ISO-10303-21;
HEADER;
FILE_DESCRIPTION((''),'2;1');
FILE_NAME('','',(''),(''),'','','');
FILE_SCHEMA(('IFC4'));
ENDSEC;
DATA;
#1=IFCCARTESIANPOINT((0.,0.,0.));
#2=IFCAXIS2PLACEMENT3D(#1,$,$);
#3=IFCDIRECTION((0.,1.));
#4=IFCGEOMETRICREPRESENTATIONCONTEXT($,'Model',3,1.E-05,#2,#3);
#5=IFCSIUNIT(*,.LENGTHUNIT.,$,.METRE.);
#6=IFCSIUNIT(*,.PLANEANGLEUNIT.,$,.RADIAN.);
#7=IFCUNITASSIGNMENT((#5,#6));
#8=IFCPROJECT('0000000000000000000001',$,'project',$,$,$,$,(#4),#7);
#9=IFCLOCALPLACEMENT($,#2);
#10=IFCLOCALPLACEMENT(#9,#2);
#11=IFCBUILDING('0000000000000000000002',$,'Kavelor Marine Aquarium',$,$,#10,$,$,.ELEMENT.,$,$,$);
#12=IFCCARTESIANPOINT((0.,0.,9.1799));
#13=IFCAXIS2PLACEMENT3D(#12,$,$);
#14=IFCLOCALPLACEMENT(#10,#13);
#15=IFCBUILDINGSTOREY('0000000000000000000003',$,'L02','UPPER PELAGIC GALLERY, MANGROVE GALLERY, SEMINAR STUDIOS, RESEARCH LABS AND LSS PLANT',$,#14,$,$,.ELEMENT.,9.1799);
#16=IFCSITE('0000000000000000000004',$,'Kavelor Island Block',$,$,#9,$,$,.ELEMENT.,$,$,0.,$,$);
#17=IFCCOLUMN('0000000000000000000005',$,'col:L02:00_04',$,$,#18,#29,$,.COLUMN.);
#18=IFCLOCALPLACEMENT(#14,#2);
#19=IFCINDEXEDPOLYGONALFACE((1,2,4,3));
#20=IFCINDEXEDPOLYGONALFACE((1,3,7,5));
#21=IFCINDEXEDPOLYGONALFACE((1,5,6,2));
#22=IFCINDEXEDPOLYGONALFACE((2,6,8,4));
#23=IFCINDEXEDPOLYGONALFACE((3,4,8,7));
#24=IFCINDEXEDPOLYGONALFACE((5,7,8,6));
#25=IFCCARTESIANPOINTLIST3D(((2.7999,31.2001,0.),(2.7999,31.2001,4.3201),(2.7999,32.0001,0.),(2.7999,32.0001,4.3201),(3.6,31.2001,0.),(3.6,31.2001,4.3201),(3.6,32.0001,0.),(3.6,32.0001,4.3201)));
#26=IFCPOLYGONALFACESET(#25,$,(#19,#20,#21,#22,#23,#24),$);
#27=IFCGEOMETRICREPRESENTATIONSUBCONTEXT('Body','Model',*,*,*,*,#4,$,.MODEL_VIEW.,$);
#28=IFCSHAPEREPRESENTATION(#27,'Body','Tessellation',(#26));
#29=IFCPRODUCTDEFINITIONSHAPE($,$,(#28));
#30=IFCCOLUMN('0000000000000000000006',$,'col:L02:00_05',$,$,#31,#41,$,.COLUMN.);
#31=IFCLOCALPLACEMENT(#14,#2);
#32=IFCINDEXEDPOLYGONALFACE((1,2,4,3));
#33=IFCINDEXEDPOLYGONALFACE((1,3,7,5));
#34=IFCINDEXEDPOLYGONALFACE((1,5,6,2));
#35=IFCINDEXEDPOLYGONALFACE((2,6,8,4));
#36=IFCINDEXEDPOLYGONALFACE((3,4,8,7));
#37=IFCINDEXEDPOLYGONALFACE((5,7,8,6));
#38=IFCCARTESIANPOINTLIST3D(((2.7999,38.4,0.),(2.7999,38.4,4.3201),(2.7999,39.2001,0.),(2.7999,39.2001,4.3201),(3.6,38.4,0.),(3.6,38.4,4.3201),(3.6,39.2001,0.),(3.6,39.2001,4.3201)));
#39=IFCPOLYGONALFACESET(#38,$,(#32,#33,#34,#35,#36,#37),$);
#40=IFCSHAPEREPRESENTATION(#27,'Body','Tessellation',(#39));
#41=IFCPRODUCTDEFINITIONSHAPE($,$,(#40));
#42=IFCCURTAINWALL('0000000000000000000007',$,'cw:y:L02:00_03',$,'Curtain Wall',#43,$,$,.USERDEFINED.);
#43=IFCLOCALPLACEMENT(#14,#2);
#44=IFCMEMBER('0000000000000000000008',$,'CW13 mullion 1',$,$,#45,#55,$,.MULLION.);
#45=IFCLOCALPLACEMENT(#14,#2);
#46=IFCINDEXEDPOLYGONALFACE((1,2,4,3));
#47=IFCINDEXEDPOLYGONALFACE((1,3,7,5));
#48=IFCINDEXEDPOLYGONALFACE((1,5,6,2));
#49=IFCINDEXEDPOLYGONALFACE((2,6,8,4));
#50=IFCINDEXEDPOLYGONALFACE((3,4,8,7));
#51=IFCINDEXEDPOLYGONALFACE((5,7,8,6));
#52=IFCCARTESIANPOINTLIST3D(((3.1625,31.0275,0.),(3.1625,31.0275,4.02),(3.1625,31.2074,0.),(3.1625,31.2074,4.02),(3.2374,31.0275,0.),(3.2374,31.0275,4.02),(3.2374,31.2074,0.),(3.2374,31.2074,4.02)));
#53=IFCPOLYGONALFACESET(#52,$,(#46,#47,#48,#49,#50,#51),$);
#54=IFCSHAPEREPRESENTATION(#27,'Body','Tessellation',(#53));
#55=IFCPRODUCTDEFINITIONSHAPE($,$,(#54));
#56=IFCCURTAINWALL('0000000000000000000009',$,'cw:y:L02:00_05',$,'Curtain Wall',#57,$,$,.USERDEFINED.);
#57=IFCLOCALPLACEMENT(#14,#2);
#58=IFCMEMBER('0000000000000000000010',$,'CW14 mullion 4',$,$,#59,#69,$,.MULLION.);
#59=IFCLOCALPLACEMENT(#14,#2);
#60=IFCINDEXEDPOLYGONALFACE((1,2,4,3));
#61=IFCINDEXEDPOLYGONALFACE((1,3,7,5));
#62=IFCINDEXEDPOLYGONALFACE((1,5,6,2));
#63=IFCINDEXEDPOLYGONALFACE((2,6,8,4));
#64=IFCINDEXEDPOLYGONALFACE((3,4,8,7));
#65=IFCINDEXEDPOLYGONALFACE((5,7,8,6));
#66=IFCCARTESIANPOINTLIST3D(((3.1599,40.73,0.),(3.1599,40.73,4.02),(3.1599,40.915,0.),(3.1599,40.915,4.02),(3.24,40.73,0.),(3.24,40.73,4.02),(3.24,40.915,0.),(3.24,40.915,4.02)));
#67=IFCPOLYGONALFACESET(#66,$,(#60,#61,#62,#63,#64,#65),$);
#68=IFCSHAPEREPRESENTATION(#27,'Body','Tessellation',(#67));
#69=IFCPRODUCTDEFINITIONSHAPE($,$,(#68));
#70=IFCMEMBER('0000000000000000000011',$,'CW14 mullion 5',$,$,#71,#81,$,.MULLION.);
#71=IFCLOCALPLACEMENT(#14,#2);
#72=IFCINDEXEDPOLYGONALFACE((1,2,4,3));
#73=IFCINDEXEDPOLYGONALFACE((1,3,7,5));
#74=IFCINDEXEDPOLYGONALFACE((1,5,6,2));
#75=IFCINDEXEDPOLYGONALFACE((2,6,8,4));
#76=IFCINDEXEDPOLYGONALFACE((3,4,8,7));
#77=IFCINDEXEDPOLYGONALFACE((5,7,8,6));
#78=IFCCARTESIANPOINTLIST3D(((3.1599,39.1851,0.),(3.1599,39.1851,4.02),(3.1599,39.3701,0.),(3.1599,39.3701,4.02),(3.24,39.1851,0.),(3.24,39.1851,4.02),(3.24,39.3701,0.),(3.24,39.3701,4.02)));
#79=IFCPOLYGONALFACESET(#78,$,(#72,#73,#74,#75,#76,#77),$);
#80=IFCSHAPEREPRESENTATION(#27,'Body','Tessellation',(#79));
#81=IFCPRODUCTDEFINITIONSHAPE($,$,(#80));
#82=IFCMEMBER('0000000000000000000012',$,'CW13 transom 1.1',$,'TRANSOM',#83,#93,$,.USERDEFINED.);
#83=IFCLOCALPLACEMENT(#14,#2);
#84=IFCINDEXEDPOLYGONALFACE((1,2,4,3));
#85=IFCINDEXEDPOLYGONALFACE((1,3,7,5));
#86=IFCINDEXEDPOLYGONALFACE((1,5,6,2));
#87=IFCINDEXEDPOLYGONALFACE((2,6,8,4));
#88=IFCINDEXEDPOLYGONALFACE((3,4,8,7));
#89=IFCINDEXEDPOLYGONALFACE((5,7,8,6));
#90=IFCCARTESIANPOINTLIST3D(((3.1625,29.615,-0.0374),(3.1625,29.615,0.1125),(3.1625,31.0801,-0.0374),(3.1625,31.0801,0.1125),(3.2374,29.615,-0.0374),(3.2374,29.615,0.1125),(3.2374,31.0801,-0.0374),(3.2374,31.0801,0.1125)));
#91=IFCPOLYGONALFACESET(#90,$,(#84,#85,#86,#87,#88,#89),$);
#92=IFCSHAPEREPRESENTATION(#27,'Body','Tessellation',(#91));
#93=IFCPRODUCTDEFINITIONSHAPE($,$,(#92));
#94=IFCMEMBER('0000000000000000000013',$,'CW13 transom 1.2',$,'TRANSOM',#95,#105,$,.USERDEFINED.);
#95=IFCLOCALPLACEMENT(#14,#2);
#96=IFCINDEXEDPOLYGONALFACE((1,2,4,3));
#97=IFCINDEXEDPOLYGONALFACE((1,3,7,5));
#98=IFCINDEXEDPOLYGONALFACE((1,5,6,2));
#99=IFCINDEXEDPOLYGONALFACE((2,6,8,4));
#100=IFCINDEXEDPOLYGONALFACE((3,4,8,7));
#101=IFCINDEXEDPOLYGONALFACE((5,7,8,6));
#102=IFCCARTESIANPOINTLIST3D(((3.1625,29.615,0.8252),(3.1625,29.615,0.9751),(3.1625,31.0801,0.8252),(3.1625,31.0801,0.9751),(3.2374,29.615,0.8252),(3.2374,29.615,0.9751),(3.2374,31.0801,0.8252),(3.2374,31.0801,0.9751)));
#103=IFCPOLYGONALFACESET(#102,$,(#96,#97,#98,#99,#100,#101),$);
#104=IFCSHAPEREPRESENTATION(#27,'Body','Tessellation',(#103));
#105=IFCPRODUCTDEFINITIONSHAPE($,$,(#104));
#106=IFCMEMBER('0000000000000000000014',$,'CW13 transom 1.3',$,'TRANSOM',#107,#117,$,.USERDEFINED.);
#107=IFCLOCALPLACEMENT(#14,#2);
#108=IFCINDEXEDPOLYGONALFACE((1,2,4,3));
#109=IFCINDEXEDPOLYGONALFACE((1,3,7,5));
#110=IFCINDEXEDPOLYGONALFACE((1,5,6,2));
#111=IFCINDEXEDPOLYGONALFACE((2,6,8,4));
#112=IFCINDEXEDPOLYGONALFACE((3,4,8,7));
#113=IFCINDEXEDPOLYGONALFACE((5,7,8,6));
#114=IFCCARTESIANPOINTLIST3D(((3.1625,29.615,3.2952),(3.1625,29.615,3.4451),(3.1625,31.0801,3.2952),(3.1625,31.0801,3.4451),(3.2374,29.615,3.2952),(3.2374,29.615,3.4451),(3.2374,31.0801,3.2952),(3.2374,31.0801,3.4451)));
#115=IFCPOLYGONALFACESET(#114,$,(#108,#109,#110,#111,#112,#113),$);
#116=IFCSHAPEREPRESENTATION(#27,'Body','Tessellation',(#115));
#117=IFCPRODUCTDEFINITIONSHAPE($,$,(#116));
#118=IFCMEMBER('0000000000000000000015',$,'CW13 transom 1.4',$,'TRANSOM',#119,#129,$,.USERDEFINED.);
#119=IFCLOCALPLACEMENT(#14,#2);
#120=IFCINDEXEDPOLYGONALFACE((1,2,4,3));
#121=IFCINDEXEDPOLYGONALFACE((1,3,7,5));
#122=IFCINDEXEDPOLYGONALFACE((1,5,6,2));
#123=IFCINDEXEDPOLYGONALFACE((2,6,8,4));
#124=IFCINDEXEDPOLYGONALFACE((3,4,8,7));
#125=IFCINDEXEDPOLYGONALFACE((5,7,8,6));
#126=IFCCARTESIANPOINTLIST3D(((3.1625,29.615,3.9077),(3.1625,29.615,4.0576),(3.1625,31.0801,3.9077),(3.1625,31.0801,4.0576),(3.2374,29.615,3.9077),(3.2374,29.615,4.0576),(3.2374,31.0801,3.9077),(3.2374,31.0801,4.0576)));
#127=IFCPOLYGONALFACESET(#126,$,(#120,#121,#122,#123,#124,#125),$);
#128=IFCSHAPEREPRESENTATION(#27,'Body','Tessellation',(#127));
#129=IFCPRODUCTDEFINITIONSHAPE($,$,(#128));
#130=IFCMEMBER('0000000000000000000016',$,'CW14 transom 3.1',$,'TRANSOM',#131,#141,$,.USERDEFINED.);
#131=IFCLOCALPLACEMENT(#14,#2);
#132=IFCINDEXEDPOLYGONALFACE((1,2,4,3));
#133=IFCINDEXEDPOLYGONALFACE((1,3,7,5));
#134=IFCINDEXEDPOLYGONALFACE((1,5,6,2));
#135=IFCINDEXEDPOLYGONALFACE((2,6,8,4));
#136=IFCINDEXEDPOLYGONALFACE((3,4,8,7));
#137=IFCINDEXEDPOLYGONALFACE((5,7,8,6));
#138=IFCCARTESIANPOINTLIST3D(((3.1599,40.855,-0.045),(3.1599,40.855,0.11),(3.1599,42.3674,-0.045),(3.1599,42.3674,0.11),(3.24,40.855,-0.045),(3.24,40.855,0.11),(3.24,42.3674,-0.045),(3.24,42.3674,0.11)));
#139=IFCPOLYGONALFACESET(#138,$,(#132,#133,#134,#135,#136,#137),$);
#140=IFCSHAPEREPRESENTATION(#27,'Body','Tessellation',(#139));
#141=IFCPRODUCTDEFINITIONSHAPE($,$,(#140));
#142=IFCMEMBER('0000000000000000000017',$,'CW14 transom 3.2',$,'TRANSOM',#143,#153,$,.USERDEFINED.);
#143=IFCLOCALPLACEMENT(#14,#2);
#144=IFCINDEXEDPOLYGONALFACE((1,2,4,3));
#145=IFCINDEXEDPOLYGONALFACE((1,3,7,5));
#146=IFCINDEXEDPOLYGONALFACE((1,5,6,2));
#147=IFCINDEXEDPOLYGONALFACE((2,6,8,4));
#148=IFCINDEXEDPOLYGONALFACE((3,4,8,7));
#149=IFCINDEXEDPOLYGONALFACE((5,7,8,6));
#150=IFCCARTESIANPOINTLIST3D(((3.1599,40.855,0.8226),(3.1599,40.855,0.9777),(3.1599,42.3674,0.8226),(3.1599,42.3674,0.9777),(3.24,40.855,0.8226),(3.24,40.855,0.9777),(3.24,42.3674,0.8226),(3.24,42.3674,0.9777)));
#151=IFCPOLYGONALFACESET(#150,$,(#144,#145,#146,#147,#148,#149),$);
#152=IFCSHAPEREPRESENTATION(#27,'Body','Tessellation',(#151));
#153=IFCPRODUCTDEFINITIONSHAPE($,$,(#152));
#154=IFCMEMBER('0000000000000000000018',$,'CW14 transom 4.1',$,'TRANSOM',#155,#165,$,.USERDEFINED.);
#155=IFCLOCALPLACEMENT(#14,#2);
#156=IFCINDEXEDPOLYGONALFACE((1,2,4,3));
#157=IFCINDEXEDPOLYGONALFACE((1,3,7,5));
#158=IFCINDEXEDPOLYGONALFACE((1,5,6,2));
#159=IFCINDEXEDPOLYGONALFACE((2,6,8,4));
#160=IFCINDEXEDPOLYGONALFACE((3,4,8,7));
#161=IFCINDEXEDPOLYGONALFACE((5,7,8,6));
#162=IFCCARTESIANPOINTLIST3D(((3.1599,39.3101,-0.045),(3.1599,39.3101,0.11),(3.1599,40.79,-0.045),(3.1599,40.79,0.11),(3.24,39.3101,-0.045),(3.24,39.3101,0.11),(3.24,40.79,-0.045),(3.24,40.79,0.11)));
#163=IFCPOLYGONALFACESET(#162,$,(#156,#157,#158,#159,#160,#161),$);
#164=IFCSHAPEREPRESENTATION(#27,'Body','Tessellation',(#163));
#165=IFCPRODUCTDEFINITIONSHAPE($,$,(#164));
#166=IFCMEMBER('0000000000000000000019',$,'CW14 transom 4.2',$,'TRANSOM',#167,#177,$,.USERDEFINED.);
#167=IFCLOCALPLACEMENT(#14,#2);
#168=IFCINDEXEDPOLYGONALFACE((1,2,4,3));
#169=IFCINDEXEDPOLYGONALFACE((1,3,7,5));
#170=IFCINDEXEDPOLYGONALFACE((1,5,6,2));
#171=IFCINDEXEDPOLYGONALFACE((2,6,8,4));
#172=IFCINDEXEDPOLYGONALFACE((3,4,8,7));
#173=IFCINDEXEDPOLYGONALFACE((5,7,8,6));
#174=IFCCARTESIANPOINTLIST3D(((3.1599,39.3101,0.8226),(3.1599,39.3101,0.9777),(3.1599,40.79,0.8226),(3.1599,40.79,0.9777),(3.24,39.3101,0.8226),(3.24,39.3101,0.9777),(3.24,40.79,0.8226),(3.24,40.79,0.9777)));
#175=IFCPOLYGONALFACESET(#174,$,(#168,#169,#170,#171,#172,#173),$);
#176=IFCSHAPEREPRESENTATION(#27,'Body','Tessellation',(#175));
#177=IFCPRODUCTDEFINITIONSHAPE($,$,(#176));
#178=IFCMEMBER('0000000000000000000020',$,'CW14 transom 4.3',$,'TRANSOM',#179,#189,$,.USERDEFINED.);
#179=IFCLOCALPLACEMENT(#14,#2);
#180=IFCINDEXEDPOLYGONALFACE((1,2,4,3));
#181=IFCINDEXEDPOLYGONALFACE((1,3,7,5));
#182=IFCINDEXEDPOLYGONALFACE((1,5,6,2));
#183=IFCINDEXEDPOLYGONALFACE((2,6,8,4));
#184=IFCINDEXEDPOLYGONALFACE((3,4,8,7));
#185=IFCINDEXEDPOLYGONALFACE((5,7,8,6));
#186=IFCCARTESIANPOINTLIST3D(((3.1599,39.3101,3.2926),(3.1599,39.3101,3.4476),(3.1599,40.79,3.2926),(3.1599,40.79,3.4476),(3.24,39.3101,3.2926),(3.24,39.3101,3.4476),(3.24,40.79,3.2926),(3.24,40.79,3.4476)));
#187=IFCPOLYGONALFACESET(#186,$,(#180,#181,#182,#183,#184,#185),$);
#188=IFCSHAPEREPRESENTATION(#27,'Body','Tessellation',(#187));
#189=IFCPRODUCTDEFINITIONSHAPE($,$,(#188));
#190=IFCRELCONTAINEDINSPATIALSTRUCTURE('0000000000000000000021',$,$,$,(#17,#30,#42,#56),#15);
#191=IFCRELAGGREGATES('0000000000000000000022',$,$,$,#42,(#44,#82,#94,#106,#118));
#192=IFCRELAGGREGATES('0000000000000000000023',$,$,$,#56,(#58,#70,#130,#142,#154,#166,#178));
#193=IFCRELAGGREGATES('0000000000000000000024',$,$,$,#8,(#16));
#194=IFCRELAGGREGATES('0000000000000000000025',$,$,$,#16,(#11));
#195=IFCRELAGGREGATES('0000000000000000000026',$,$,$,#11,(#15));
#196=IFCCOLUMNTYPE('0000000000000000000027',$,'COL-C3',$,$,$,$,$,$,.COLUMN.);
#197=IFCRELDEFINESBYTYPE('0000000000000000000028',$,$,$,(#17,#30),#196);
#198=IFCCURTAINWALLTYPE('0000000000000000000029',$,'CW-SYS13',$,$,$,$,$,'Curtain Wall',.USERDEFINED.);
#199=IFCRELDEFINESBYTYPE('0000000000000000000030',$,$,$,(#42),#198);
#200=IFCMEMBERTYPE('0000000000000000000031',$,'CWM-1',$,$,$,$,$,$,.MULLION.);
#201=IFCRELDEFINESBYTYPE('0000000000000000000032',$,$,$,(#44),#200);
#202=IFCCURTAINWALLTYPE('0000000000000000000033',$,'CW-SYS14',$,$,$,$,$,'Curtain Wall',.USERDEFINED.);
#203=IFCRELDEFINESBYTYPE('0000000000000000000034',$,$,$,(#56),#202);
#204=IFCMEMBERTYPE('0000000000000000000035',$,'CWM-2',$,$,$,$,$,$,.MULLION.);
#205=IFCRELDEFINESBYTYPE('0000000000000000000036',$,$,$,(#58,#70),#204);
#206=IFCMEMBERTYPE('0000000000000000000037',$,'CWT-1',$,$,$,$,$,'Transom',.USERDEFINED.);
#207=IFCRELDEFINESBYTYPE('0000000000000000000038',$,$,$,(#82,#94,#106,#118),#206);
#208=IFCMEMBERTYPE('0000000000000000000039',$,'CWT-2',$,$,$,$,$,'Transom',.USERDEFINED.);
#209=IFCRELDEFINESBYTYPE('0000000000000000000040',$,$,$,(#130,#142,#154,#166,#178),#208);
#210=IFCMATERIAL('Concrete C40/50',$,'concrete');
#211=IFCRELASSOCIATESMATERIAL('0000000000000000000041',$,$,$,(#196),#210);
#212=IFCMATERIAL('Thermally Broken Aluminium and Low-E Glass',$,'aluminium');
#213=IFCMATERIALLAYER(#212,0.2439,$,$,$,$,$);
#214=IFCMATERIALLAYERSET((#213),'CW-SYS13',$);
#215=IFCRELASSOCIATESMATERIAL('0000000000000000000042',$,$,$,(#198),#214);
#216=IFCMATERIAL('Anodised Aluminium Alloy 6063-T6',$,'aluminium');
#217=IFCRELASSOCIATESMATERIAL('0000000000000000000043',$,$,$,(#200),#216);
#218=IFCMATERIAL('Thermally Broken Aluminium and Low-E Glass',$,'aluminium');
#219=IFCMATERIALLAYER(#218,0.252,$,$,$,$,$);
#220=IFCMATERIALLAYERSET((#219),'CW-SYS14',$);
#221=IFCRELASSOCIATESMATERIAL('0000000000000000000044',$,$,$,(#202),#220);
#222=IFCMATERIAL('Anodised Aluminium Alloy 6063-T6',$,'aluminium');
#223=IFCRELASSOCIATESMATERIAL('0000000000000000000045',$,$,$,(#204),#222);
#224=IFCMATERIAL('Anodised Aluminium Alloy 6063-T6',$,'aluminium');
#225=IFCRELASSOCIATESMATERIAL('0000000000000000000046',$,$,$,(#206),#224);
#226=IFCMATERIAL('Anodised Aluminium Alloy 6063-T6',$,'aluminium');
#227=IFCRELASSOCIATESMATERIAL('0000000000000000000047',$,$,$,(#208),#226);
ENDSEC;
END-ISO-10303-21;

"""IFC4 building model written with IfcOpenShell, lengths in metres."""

from ifc_helpers import new_model, si_unit, direction, frame, origin, origin_2d, place, context, subcontext, project, spatial, rectangle, extrude, material, layer, layer_set, material_profile, profile_set, type_object, element, aggregate, save


model = new_model("IFC4")

# Units and contexts
model_context = context("Model", 3, precision=1e-05, world=origin(), true_north=direction((0.0, 1.0)))
body_context = subcontext(model_context, "Body", "Model", "MODEL_VIEW")
ifc_project = project(units=[si_unit("LENGTHUNIT", "METRE"), si_unit("PLANEANGLEUNIT", "RADIAN")], contexts=[model_context])

# Site, building, storey
site_placement = place(None, origin())
site = spatial("IfcSite", under=ifc_project, at=site_placement, Name="Kavelor Island Block", CompositionType="ELEMENT", RefElevation=0.0)
building_placement = place(site_placement, origin())
building = spatial("IfcBuilding", under=site, at=building_placement, Name="Kavelor Marine Aquarium", CompositionType="ELEMENT")
storey_placement = place(building_placement, frame((0.0, 0.0, 9.1799)))
storey = spatial("IfcBuildingStorey", under=building, at=storey_placement, Name="L02", Description="UPPER PELAGIC GALLERY, MANGROVE GALLERY, SEMINAR STUDIOS, RESEARCH LABS AND LSS PLANT", CompositionType="ELEMENT", Elevation=9.1799)

# Columns
ifc_material_1 = material(Name="Concrete C40/50", Category="concrete")
ifc_material_profile_1 = material_profile(ifc_material_1, rectangle(XDim=0.8, YDim=0.8, at=origin_2d()), Name="RC-COL 800x800")
ifc_profile_set_1 = profile_set([ifc_material_profile_1], Name="Concrete C40/50")
column_type = type_object("IfcColumnType", Name="COL-C3", PredefinedType="COLUMN", material=ifc_profile_set_1)
for number, where, z_axis, x_axis, name in (
    (1, (3.2, 31.6001, 0.0), (0.0, 0.0, 1.0), (1.0, 0.0, 0.0), "col:L02:00_04"),
    (2, (3.2, 38.8, 0.0), (0.0, 0.0, 1.0), (1.0, 0.0, 0.0), "col:L02:00_05"),
):
    element("IfcColumn", number, at=place(storey_placement, frame(where, z_axis=z_axis, x_axis=x_axis)), inside=storey, type_object=column_type, Name=name, PredefinedType="COLUMN", context=body_context, shape_type="SweptSolid", body=[
        extrude(rectangle(XDim=0.8, YDim=0.8, at=origin_2d()), origin(), (0.0, 0.0, 1.0), 4.3201),
    ])

# Curtain wall, member
ifc_material_2 = material(Name="Thermally Broken Aluminium and Low-E Glass", Category="aluminium")
ifc_layer_1 = layer(ifc_material_2, 0.2439)
ifc_layer_set_1 = layer_set([ifc_layer_1], Name="CW-SYS13")
curtain_wall_type_1 = type_object("IfcCurtainWallType", Name="CW-SYS13", ElementType="Curtain Wall", PredefinedType="USERDEFINED", material=ifc_layer_set_1)
curtain_wall_1_placement = place(storey_placement, origin())
curtain_wall_1 = element("IfcCurtainWall", 3, at=curtain_wall_1_placement, inside=storey, type_object=curtain_wall_type_1, Name="cw:y:L02:00_03", ObjectType="Curtain Wall", PredefinedType="USERDEFINED")
ifc_material_3 = material(Name="Anodised Aluminium Alloy 6063-T6", Category="aluminium")
ifc_material_profile_2 = material_profile(ifc_material_3, rectangle(XDim=0.075, YDim=0.1799, at=origin_2d()), Name="CW-MUL 75x180")
ifc_profile_set_2 = profile_set([ifc_material_profile_2], Name="Anodised Aluminium Alloy 6063-T6")
member_type_1 = type_object("IfcMemberType", Name="CWM-1", PredefinedType="MULLION", material=ifc_profile_set_2)
member_1_placement = place(storey_placement, frame((3.2, 31.1174, 0.0), z_axis=(0.0, 0.0, 1.0), x_axis=(1.0, 0.0, 0.0)))
member_1 = element("IfcMember", 4, at=member_1_placement, type_object=member_type_1, Name="CW13 mullion 1", PredefinedType="MULLION", context=body_context, shape_type="SweptSolid", body=[
    extrude(rectangle(XDim=0.075, YDim=0.1799, at=origin_2d()), origin(), (0.0, 0.0, 1.0), 4.02),
])

# Curtain wall, members
ifc_material_4 = material(Name="Thermally Broken Aluminium and Low-E Glass", Category="aluminium")
ifc_layer_2 = layer(ifc_material_4, 0.252)
ifc_layer_set_2 = layer_set([ifc_layer_2], Name="CW-SYS14")
curtain_wall_type_2 = type_object("IfcCurtainWallType", Name="CW-SYS14", ElementType="Curtain Wall", PredefinedType="USERDEFINED", material=ifc_layer_set_2)
curtain_wall_2_placement = place(storey_placement, origin())
curtain_wall_2 = element("IfcCurtainWall", 5, at=curtain_wall_2_placement, inside=storey, type_object=curtain_wall_type_2, Name="cw:y:L02:00_05", ObjectType="Curtain Wall", PredefinedType="USERDEFINED")
ifc_material_5 = material(Name="Anodised Aluminium Alloy 6063-T6", Category="aluminium")
ifc_material_profile_3 = material_profile(ifc_material_5, rectangle(XDim=0.0801, YDim=0.1851, at=origin_2d()), Name="CW-MUL 80x185")
ifc_profile_set_3 = profile_set([ifc_material_profile_3], Name="Anodised Aluminium Alloy 6063-T6")
member_type_2 = type_object("IfcMemberType", Name="CWM-2", PredefinedType="MULLION", material=ifc_profile_set_3)
member_2_placement = place(storey_placement, frame((3.2, 40.8225, 0.0), z_axis=(0.0, 0.0, 1.0), x_axis=(1.0, 0.0, 0.0)))
member_2 = element("IfcMember", 6, at=member_2_placement, type_object=member_type_2, Name="CW14 mullion 4", PredefinedType="MULLION", context=body_context, shape_type="SweptSolid", body=[
    extrude(rectangle(XDim=0.0801, YDim=0.1851, at=origin_2d()), origin(), (0.0, 0.0, 1.0), 4.02),
])
member_3_placement = place(storey_placement, frame((3.2, 39.2776, 0.0), z_axis=(0.0, 0.0, 1.0), x_axis=(1.0, 0.0, 0.0)))
member_3 = element("IfcMember", 7, at=member_3_placement, type_object=member_type_2, Name="CW14 mullion 5", PredefinedType="MULLION", context=body_context, shape_type="SweptSolid", body=[
    extrude(rectangle(XDim=0.0801, YDim=0.1851, at=origin_2d()), origin(), (0.0, 0.0, 1.0), 4.02),
])

# Members
ifc_material_6 = material(Name="Anodised Aluminium Alloy 6063-T6", Category="aluminium")
ifc_material_profile_4 = material_profile(ifc_material_6, rectangle(XDim=0.075, YDim=0.1499, at=origin_2d()), Name="CW-TRN 75x150")
ifc_profile_set_4 = profile_set([ifc_material_profile_4], Name="Anodised Aluminium Alloy 6063-T6")
member_type_3 = type_object("IfcMemberType", Name="CWT-1", ElementType="Transom", PredefinedType="USERDEFINED", material=ifc_profile_set_4)
member_4_placement = place(storey_placement, frame((3.2, 31.0801, 0.0376), z_axis=(0.0, -1.0, 0.0), x_axis=(1.0, 0.0, 0.0)))
member_4 = element("IfcMember", 8, at=member_4_placement, type_object=member_type_3, Name="CW13 transom 1.1", ObjectType="TRANSOM", PredefinedType="USERDEFINED", context=body_context, shape_type="SweptSolid", body=[
    extrude(rectangle(XDim=0.075, YDim=0.1499, at=origin_2d()), origin(), (0.0, 0.0, 1.0), 1.4651),
])
member_5_placement = place(storey_placement, frame((3.2, 31.0801, 0.9001), z_axis=(0.0, -1.0, 0.0), x_axis=(1.0, 0.0, 0.0)))
member_5 = element("IfcMember", 9, at=member_5_placement, type_object=member_type_3, Name="CW13 transom 1.2", ObjectType="TRANSOM", PredefinedType="USERDEFINED", context=body_context, shape_type="SweptSolid", body=[
    extrude(rectangle(XDim=0.075, YDim=0.1499, at=origin_2d()), origin(), (0.0, 0.0, 1.0), 1.4651),
])
member_6_placement = place(storey_placement, frame((3.2, 31.0801, 3.3701), z_axis=(0.0, -1.0, 0.0), x_axis=(1.0, 0.0, 0.0)))
member_6 = element("IfcMember", 10, at=member_6_placement, type_object=member_type_3, Name="CW13 transom 1.3", ObjectType="TRANSOM", PredefinedType="USERDEFINED", context=body_context, shape_type="SweptSolid", body=[
    extrude(rectangle(XDim=0.075, YDim=0.1499, at=origin_2d()), origin(), (0.0, 0.0, 1.0), 1.4651),
])
member_7_placement = place(storey_placement, frame((3.2, 31.0801, 3.9827), z_axis=(0.0, -1.0, 0.0), x_axis=(1.0, 0.0, 0.0)))
member_7 = element("IfcMember", 11, at=member_7_placement, type_object=member_type_3, Name="CW13 transom 1.4", ObjectType="TRANSOM", PredefinedType="USERDEFINED", context=body_context, shape_type="SweptSolid", body=[
    extrude(rectangle(XDim=0.075, YDim=0.1499, at=origin_2d()), origin(), (0.0, 0.0, 1.0), 1.4651),
])
ifc_material_7 = material(Name="Anodised Aluminium Alloy 6063-T6", Category="aluminium")
ifc_material_profile_5 = material_profile(ifc_material_7, rectangle(XDim=0.0801, YDim=0.155, at=origin_2d()), Name="CW-TRN 80x155")
ifc_profile_set_5 = profile_set([ifc_material_profile_5], Name="Anodised Aluminium Alloy 6063-T6")
member_type_4 = type_object("IfcMemberType", Name="CWT-2", ElementType="Transom", PredefinedType="USERDEFINED", material=ifc_profile_set_5)
member_8_placement = place(storey_placement, frame((3.2, 42.3674, 0.0325), z_axis=(0.0, -1.0, 0.0), x_axis=(1.0, 0.0, 0.0)))
member_8 = element("IfcMember", 12, at=member_8_placement, type_object=member_type_4, Name="CW14 transom 3.1", ObjectType="TRANSOM", PredefinedType="USERDEFINED", context=body_context, shape_type="SweptSolid", body=[
    extrude(rectangle(XDim=0.0801, YDim=0.155, at=origin_2d()), origin(), (0.0, 0.0, 1.0), 1.5125),
])
member_9_placement = place(storey_placement, frame((3.2, 42.3674, 0.9001), z_axis=(0.0, -1.0, 0.0), x_axis=(1.0, 0.0, 0.0)))
member_9 = element("IfcMember", 13, at=member_9_placement, type_object=member_type_4, Name="CW14 transom 3.2", ObjectType="TRANSOM", PredefinedType="USERDEFINED", context=body_context, shape_type="SweptSolid", body=[
    extrude(rectangle(XDim=0.0801, YDim=0.155, at=origin_2d()), origin(), (0.0, 0.0, 1.0), 1.5125),
])
member_10_placement = place(storey_placement, frame((3.2, 40.79, 0.0325), z_axis=(0.0, -1.0, 0.0), x_axis=(1.0, 0.0, 0.0)))
member_10 = element("IfcMember", 14, at=member_10_placement, type_object=member_type_4, Name="CW14 transom 4.1", ObjectType="TRANSOM", PredefinedType="USERDEFINED", context=body_context, shape_type="SweptSolid", body=[
    extrude(rectangle(XDim=0.0801, YDim=0.155, at=origin_2d()), origin(), (0.0, 0.0, 1.0), 1.48),
])
member_11_placement = place(storey_placement, frame((3.2, 40.79, 0.9001), z_axis=(0.0, -1.0, 0.0), x_axis=(1.0, 0.0, 0.0)))
member_11 = element("IfcMember", 15, at=member_11_placement, type_object=member_type_4, Name="CW14 transom 4.2", ObjectType="TRANSOM", PredefinedType="USERDEFINED", context=body_context, shape_type="SweptSolid", body=[
    extrude(rectangle(XDim=0.0801, YDim=0.155, at=origin_2d()), origin(), (0.0, 0.0, 1.0), 1.48),
])
member_12_placement = place(storey_placement, frame((3.2, 40.79, 3.3701), z_axis=(0.0, -1.0, 0.0), x_axis=(1.0, 0.0, 0.0)))
member_12 = element("IfcMember", 16, at=member_12_placement, type_object=member_type_4, Name="CW14 transom 4.3", ObjectType="TRANSOM", PredefinedType="USERDEFINED", context=body_context, shape_type="SweptSolid", body=[
    extrude(rectangle(XDim=0.0801, YDim=0.155, at=origin_2d()), origin(), (0.0, 0.0, 1.0), 1.48),
])

aggregate(curtain_wall_1, [member_1, member_4, member_5, member_6, member_7])
aggregate(curtain_wall_2, [member_2, member_3, member_8, member_9, member_10, member_11, member_12])

save(model, "model.ifc")
